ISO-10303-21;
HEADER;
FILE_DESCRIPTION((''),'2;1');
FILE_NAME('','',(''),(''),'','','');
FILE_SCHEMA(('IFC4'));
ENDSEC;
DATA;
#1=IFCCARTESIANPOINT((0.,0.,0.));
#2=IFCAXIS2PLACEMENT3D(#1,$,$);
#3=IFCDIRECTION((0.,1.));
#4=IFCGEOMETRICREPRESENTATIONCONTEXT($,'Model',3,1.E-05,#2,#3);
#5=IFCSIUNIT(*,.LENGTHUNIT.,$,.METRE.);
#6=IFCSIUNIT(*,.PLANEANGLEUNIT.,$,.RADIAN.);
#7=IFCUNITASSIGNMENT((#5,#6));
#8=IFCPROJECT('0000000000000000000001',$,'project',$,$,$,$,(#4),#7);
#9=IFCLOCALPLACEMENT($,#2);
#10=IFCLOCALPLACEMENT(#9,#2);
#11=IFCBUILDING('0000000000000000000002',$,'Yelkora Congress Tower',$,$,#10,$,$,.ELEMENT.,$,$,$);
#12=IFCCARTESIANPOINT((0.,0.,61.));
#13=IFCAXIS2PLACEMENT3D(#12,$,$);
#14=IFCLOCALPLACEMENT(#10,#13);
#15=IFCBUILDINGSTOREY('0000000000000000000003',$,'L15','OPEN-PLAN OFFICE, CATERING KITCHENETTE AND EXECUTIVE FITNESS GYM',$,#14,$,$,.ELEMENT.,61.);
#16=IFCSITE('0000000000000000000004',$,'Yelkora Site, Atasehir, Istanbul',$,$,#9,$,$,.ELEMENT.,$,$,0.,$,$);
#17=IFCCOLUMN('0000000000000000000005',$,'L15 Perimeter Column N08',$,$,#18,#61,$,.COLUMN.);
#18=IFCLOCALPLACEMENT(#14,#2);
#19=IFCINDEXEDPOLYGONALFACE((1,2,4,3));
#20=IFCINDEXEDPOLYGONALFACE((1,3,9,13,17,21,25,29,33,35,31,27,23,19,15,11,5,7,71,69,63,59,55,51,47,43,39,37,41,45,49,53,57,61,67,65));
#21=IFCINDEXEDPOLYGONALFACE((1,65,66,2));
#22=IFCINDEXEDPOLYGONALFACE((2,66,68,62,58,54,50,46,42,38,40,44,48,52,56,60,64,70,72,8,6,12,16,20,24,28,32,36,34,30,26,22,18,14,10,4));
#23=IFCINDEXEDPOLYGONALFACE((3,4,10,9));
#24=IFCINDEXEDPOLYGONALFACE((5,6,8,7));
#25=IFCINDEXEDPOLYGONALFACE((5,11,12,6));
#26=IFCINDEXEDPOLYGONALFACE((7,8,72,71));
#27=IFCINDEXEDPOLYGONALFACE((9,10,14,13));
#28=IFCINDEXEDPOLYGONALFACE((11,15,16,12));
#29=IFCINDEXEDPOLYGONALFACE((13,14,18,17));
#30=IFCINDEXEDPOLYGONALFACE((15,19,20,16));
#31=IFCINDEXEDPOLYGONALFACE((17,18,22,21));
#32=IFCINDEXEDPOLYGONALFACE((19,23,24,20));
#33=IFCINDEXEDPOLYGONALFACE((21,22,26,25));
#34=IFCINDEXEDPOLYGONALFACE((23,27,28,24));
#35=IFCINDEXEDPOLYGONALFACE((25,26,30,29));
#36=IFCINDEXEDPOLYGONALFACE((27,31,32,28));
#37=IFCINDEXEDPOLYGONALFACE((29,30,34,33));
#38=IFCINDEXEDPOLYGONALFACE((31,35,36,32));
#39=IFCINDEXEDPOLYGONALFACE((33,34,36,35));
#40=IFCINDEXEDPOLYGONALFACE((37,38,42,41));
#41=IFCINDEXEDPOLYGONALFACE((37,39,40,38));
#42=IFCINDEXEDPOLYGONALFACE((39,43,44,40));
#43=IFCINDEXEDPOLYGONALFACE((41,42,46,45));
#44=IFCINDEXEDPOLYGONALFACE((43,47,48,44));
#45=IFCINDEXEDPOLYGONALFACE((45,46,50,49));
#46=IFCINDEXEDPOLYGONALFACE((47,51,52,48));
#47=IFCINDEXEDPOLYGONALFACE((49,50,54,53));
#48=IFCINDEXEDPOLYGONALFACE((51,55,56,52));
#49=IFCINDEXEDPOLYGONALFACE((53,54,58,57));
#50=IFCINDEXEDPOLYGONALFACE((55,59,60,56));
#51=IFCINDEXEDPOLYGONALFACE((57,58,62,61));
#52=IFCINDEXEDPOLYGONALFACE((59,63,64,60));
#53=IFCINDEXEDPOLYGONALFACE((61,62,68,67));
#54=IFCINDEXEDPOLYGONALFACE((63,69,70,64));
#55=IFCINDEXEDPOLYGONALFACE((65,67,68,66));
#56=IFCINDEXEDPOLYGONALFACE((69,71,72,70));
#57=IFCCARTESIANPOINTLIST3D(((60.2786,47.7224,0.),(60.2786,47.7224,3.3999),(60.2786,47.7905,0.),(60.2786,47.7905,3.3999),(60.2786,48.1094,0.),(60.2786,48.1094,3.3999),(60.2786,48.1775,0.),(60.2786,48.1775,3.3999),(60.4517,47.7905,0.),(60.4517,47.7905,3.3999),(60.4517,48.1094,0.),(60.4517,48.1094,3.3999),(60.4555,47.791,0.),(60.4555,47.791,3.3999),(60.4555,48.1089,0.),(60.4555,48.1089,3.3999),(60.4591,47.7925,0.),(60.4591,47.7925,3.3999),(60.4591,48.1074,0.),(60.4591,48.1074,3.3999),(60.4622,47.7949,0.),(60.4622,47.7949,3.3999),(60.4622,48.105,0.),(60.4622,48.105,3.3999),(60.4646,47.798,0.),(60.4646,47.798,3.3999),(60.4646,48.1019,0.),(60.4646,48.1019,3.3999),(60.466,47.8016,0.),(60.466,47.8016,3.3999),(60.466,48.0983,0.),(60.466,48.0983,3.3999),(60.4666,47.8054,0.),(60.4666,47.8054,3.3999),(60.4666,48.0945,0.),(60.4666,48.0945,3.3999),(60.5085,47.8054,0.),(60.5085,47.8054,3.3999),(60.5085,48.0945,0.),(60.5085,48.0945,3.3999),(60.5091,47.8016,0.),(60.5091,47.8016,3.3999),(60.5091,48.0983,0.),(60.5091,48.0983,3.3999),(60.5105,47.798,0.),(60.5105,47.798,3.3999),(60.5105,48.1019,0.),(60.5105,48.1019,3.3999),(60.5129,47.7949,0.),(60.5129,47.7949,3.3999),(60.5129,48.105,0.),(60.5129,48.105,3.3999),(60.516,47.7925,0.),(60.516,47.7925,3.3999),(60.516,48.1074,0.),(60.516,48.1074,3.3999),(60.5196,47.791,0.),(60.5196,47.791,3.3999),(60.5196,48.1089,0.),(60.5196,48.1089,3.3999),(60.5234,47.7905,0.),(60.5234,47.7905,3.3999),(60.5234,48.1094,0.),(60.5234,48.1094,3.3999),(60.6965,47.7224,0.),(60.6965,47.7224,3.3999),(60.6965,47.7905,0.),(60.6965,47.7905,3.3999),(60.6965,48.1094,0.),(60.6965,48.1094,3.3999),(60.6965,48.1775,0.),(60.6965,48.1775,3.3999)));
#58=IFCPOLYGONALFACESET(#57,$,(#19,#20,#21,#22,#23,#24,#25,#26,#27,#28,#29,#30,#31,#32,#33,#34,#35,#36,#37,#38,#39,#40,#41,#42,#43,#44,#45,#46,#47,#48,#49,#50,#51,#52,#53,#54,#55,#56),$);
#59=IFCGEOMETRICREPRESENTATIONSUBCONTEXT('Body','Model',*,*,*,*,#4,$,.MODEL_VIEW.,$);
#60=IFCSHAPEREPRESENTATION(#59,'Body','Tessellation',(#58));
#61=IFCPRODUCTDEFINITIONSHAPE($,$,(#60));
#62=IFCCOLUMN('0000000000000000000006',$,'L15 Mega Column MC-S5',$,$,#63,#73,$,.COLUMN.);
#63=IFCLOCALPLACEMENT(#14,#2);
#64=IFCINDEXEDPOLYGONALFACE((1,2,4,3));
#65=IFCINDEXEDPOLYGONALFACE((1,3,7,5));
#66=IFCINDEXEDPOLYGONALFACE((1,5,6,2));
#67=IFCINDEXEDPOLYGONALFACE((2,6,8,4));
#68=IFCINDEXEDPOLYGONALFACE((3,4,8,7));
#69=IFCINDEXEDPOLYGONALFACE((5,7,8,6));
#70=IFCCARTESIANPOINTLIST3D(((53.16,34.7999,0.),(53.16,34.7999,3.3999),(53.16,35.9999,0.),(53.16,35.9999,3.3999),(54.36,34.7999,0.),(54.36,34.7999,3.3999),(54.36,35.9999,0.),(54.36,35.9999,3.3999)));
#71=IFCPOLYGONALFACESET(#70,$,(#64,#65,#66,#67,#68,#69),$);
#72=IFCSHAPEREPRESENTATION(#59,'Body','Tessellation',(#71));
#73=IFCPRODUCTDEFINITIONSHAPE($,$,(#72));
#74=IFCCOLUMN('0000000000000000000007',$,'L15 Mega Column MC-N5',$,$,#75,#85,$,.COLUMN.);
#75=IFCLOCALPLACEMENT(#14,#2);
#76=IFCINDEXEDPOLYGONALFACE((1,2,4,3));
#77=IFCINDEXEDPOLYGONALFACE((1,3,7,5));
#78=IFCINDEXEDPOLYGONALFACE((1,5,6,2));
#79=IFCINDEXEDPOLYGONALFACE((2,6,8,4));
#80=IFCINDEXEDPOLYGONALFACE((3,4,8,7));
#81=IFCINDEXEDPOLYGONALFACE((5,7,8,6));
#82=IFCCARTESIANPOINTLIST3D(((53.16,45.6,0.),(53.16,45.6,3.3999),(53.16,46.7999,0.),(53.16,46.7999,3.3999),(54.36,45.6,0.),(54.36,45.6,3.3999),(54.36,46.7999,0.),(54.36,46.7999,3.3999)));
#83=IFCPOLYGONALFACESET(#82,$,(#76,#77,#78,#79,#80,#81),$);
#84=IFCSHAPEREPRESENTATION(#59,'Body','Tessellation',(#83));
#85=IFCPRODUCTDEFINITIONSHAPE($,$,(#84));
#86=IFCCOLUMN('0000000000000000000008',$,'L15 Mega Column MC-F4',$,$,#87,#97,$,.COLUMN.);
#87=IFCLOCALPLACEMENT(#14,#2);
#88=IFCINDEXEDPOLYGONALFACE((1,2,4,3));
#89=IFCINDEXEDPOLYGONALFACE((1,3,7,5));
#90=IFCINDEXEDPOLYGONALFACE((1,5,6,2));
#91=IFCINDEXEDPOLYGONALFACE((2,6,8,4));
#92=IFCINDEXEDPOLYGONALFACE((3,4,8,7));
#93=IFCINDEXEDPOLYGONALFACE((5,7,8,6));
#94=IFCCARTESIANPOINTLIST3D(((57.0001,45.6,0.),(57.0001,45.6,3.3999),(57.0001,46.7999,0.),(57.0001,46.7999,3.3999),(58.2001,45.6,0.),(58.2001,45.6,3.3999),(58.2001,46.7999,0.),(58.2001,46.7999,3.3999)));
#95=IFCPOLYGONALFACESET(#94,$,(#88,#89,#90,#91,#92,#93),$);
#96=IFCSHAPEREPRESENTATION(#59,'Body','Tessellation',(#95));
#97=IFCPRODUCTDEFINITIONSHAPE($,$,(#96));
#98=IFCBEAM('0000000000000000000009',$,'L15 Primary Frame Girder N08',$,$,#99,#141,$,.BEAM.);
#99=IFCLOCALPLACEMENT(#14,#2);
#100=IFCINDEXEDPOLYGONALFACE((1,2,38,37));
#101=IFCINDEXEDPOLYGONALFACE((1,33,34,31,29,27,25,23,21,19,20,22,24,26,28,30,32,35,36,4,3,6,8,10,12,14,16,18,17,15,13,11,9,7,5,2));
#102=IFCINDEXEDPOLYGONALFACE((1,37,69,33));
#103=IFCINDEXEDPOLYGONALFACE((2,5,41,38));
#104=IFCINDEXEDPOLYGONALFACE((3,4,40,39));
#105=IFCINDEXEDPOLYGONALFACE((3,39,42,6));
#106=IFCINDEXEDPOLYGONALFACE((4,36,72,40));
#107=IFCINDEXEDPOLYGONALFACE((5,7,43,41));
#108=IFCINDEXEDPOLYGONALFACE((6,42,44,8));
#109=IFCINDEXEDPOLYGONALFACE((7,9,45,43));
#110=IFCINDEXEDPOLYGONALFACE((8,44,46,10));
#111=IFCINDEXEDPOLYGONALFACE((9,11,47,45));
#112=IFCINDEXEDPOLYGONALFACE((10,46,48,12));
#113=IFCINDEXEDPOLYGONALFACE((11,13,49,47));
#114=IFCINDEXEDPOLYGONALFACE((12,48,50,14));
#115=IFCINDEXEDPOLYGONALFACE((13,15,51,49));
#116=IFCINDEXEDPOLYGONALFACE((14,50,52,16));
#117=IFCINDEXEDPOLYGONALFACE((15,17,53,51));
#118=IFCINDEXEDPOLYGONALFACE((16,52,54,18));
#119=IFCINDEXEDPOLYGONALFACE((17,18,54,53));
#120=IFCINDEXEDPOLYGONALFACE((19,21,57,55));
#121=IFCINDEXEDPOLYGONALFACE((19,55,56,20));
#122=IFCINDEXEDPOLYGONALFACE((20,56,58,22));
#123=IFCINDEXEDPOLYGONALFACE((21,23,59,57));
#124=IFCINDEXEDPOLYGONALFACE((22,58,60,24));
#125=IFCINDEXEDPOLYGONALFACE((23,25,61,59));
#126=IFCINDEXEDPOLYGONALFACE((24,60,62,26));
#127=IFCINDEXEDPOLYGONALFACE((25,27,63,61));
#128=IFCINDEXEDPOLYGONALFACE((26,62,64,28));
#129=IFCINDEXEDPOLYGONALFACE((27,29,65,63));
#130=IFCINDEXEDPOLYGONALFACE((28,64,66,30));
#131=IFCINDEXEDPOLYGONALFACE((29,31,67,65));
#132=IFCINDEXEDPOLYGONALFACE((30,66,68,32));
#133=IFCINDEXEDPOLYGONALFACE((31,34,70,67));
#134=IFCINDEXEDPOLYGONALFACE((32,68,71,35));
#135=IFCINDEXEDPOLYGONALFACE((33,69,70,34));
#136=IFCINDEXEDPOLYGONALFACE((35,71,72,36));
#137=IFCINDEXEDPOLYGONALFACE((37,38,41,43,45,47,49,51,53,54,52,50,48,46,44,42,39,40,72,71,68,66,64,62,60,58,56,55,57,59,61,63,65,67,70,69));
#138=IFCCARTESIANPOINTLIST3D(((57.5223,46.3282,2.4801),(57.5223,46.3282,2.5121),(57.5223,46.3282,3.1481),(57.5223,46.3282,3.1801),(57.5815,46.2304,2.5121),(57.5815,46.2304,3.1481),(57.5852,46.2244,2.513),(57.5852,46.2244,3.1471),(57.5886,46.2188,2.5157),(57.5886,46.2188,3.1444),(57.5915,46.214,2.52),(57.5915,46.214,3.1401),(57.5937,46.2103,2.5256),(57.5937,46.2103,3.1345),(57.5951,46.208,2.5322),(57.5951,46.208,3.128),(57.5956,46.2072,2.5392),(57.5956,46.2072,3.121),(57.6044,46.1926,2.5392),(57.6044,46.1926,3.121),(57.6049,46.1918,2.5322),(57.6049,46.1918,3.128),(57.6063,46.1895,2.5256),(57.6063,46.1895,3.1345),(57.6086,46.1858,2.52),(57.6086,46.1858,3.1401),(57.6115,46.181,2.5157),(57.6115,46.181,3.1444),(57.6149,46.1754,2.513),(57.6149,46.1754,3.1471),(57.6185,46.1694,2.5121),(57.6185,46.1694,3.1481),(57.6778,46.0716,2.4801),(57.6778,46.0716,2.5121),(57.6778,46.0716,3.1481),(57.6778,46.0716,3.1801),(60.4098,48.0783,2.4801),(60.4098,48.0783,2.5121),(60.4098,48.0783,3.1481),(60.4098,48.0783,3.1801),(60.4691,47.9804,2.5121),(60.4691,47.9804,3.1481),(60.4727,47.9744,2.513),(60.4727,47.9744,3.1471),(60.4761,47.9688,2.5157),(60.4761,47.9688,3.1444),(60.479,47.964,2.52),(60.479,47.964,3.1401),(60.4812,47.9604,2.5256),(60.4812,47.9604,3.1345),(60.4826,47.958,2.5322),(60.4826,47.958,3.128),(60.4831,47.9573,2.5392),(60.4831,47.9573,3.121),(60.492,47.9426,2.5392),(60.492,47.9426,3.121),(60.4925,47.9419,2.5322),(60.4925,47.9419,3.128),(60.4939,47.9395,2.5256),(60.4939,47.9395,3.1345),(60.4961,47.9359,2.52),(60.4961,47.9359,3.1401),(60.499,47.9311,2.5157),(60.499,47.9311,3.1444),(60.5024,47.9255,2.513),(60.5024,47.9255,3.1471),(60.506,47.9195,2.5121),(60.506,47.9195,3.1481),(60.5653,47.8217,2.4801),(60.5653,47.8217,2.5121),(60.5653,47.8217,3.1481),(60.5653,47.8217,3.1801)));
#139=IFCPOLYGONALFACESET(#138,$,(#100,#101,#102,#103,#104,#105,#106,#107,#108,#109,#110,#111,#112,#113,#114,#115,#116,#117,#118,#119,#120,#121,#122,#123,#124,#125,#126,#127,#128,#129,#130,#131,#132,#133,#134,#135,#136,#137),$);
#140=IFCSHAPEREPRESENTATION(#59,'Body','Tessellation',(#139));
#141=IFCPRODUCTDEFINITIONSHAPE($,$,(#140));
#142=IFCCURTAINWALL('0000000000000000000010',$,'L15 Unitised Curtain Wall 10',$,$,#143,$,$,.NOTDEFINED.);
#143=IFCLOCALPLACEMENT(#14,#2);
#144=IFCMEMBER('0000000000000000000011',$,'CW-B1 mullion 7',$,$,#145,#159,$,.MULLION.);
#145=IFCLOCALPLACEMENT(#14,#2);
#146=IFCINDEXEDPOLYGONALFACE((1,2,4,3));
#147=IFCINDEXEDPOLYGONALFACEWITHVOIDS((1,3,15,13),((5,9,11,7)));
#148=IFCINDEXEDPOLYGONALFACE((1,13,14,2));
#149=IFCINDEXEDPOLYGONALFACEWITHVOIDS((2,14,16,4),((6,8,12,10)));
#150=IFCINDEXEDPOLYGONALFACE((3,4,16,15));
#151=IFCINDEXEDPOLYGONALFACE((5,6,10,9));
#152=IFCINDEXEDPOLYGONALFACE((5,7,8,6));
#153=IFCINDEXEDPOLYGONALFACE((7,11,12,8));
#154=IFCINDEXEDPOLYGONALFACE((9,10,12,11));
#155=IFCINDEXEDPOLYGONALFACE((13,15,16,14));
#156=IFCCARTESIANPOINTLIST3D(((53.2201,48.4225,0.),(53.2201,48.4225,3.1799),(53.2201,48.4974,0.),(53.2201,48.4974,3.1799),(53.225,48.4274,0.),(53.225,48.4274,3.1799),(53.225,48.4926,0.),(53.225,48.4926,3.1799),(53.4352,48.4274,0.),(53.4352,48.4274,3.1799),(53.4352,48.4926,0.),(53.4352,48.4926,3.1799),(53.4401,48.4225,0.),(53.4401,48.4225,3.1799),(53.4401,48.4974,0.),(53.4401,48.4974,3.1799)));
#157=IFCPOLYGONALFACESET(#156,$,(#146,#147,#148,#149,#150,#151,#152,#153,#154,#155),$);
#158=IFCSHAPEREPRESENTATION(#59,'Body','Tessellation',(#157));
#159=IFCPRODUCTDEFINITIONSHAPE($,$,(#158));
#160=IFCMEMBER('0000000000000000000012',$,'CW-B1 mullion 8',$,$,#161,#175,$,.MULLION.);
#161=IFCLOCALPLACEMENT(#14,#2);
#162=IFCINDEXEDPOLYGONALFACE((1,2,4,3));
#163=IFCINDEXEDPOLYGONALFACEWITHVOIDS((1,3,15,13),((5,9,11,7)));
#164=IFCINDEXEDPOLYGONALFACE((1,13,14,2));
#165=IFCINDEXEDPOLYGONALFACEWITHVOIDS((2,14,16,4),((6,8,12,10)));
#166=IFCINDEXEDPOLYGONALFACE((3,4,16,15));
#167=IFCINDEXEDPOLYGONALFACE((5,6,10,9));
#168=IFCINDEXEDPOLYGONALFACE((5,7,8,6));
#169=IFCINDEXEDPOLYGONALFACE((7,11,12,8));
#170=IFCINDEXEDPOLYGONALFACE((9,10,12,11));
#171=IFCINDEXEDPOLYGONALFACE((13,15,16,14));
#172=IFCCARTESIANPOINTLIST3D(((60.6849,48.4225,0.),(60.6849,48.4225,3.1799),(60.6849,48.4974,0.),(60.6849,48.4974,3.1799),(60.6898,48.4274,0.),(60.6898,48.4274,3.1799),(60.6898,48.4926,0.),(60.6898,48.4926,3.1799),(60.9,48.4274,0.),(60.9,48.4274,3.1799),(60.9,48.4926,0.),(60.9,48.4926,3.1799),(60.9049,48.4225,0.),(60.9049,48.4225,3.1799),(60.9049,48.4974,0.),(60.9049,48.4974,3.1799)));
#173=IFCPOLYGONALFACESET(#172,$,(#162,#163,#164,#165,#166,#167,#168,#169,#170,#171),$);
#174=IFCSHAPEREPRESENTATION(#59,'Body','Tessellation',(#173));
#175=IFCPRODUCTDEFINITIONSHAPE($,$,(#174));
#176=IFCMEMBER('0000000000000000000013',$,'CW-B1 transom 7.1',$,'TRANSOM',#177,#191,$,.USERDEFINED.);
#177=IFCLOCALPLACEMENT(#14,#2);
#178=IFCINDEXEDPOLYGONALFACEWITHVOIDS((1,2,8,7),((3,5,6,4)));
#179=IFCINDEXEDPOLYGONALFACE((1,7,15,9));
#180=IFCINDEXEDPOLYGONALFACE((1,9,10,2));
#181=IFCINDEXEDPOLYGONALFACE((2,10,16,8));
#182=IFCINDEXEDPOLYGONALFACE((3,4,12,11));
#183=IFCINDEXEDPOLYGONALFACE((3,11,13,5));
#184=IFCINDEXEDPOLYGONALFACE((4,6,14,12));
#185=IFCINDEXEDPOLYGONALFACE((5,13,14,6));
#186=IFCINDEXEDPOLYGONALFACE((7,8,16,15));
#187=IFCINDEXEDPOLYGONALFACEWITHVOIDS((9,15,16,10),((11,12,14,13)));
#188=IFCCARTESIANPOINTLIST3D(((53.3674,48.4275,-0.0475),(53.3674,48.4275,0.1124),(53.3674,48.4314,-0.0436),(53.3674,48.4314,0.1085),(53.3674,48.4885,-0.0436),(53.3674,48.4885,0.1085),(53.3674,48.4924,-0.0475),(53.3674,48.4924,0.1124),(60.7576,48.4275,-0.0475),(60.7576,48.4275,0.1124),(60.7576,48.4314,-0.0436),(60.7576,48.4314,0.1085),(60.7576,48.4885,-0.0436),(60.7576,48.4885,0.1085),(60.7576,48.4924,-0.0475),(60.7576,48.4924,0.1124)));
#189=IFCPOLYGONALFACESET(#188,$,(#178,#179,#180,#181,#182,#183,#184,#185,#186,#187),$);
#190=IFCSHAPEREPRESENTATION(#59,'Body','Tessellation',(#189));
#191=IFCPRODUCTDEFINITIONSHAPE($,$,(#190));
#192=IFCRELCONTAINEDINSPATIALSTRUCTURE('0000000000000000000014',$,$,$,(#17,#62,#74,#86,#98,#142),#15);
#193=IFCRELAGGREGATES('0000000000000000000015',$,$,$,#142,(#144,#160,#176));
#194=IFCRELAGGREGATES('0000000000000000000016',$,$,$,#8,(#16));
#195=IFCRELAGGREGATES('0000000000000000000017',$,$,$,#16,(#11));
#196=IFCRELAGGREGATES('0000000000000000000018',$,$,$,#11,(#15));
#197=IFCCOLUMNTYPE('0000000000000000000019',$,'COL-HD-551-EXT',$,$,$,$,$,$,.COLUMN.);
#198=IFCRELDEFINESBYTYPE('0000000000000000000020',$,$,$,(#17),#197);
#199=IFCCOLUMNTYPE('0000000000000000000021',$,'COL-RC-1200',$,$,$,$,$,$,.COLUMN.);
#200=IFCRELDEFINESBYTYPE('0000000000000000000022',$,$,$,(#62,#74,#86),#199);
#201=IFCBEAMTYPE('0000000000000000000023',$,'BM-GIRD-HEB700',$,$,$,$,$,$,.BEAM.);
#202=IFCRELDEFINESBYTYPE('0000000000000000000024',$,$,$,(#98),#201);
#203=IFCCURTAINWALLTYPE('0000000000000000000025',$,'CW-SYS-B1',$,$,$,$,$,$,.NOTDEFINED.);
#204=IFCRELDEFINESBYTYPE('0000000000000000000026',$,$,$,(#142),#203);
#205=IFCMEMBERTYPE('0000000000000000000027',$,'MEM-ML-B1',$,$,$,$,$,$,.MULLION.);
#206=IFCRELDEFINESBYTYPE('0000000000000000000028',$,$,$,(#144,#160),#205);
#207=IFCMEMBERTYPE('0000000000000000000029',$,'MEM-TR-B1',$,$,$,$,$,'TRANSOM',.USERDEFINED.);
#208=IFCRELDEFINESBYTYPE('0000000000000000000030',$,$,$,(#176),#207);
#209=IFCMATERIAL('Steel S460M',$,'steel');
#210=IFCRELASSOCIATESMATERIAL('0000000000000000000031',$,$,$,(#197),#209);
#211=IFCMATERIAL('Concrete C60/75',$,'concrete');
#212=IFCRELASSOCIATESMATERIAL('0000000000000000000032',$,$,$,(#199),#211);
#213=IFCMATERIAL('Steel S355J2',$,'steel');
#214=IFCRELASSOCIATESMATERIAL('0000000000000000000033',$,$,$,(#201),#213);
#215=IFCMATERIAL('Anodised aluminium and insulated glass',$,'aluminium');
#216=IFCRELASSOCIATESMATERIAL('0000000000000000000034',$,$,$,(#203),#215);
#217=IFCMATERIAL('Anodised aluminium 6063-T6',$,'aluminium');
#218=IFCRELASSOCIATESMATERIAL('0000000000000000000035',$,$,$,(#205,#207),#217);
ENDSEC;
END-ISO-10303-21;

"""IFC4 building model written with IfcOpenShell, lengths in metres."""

from ifc_helpers import new_model, si_unit, direction, frame, origin, origin_2d, place, context, subcontext, project, spatial, rectangle, hollow_rectangle, i_section, extrude, material, material_profile, profile_set, type_object, element, aggregate, save


model = new_model("IFC4")

# Units and contexts
model_context = context("Model", 3, precision=1e-05, world=origin(), true_north=direction((0.0, 1.0)))
body_context = subcontext(model_context, "Body", "Model", "MODEL_VIEW")
ifc_project = project(units=[si_unit("LENGTHUNIT", "METRE"), si_unit("PLANEANGLEUNIT", "RADIAN")], contexts=[model_context])

# Site, building, storey
site_placement = place(None, origin())
site = spatial("IfcSite", under=ifc_project, at=site_placement, Name="Yelkora Site, Atasehir, Istanbul", CompositionType="ELEMENT", RefElevation=0.0)
building_placement = place(site_placement, origin())
building = spatial("IfcBuilding", under=site, at=building_placement, Name="Yelkora Congress Tower", CompositionType="ELEMENT")
storey_placement = place(building_placement, frame((0.0, 0.0, 61.0)))
storey = spatial("IfcBuildingStorey", under=building, at=storey_placement, Name="L15", Description="OPEN-PLAN OFFICE, CATERING KITCHENETTE AND EXECUTIVE FITNESS GYM", CompositionType="ELEMENT", Elevation=61.0)

# Columns
ifc_material_1 = material(Name="Steel S460M", Category="steel")
ifc_material_profile_1 = material_profile(ifc_material_1, i_section(OverallWidth=0.418, OverallDepth=0.4551, WebThickness=0.042, FlangeThickness=0.0681, FilletRadius=0.0149, at=origin_2d()), Name="HD 400x551")
ifc_profile_set_1 = profile_set([ifc_material_profile_1], Name="Steel S460M")
column_type_1 = type_object("IfcColumnType", Name="COL-HD-551-EXT", PredefinedType="COLUMN", material=ifc_profile_set_1)
column_placement = place(storey_placement, frame((60.4875, 47.95, 0.0), z_axis=(0.0, 0.0, 1.0), x_axis=(1.0, 0.0, 0.0)))
element("IfcColumn", 1, at=column_placement, inside=storey, type_object=column_type_1, Name="L15 Perimeter Column N08", PredefinedType="COLUMN", context=body_context, shape_type="SweptSolid", body=[
    extrude(i_section(OverallWidth=0.418, OverallDepth=0.4551, WebThickness=0.042, FlangeThickness=0.0681, FilletRadius=0.0149, at=origin_2d()), origin(), (0.0, 0.0, 1.0), 3.3999),
])
ifc_material_2 = material(Name="Concrete C60/75", Category="concrete")
ifc_material_profile_2 = material_profile(ifc_material_2, rectangle(XDim=1.2, YDim=1.2, at=origin_2d()), Name="RC 1200x1200")
ifc_profile_set_2 = profile_set([ifc_material_profile_2], Name="Concrete C60/75")
column_type_2 = type_object("IfcColumnType", Name="COL-RC-1200", PredefinedType="COLUMN", material=ifc_profile_set_2)
for number, where, z_axis, x_axis, name in (
    (2, (53.76, 35.3999, 0.0), (0.0, 0.0, 1.0), (1.0, 0.0, 0.0), "L15 Mega Column MC-S5"),
    (3, (53.76, 46.2, 0.0), (0.0, 0.0, 1.0), (1.0, 0.0, 0.0), "L15 Mega Column MC-N5"),
    (4, (57.6001, 46.2, 0.0), (0.0, 0.0, 1.0), (1.0, 0.0, 0.0), "L15 Mega Column MC-F4"),
):
    element("IfcColumn", number, at=place(storey_placement, frame(where, z_axis=z_axis, x_axis=x_axis)), inside=storey, type_object=column_type_2, Name=name, PredefinedType="COLUMN", context=body_context, shape_type="SweptSolid", body=[
        extrude(rectangle(XDim=1.2, YDim=1.2, at=origin_2d()), origin(), (0.0, 0.0, 1.0), 3.3999),
    ])

# Beam
ifc_material_3 = material(Name="Steel S355J2", Category="steel")
ifc_material_profile_3 = material_profile(ifc_material_3, i_section(OverallWidth=0.3, OverallDepth=0.7, WebThickness=0.0171, FlangeThickness=0.032, FilletRadius=0.0271, at=origin_2d()), Name="HEB 700")
ifc_profile_set_3 = profile_set([ifc_material_profile_3], Name="Steel S355J2")
beam_type = type_object("IfcBeamType", Name="BM-GIRD-HEB700", PredefinedType="BEAM", material=ifc_profile_set_3)
beam_placement = place(storey_placement, frame((60.4875, 47.95, 2.8301), z_axis=(-0.855194, -0.518308, 0.0), x_axis=(0.518308, -0.855194, 0.0)))
element("IfcBeam", 5, at=beam_placement, inside=storey, type_object=beam_type, Name="L15 Primary Frame Girder N08", PredefinedType="BEAM", context=body_context, shape_type="SweptSolid", body=[
    extrude(i_section(OverallWidth=0.3, OverallDepth=0.7, WebThickness=0.0171, FlangeThickness=0.032, FilletRadius=0.0271, at=origin_2d()), origin(), (0.0, 0.0, 1.0), 3.3765),
])

# Curtain wall, members
ifc_material_4 = material(Name="Anodised aluminium and insulated glass", Category="aluminium")
curtain_wall_type = type_object("IfcCurtainWallType", Name="CW-SYS-B1", PredefinedType="NOTDEFINED", material=ifc_material_4)
curtain_wall_placement = place(storey_placement, origin())
curtain_wall = element("IfcCurtainWall", 6, at=curtain_wall_placement, inside=storey, type_object=curtain_wall_type, Name="L15 Unitised Curtain Wall 10", PredefinedType="NOTDEFINED")
ifc_material_5 = material(Name="Anodised aluminium 6063-T6", Category="aluminium")
ifc_material_profile_4 = material_profile(ifc_material_5, hollow_rectangle(XDim=0.075, YDim=0.22, WallThickness=0.0049, at=origin_2d()), Name="ALU 75x220x5")
ifc_profile_set_4 = profile_set([ifc_material_profile_4], Name="Anodised aluminium 6063-T6")
member_type_1 = type_object("IfcMemberType", Name="MEM-ML-B1", PredefinedType="MULLION", material=ifc_profile_set_4)
member_1_placement = place(storey_placement, frame((53.3301, 48.46, 0.0), z_axis=(0.0, 0.0, 1.0), x_axis=(0.0, 1.0, 0.0)))
member_1 = element("IfcMember", 7, at=member_1_placement, type_object=member_type_1, Name="CW-B1 mullion 7", PredefinedType="MULLION", context=body_context, shape_type="SweptSolid", body=[
    extrude(hollow_rectangle(XDim=0.075, YDim=0.22, WallThickness=0.0049, at=origin_2d()), origin(), (0.0, 0.0, 1.0), 3.1799),
])
member_2_placement = place(storey_placement, frame((60.7949, 48.46, 0.0), z_axis=(0.0, 0.0, 1.0), x_axis=(0.0, 1.0, 0.0)))
member_2 = element("IfcMember", 8, at=member_2_placement, type_object=member_type_1, Name="CW-B1 mullion 8", PredefinedType="MULLION", context=body_context, shape_type="SweptSolid", body=[
    extrude(hollow_rectangle(XDim=0.075, YDim=0.22, WallThickness=0.0049, at=origin_2d()), origin(), (0.0, 0.0, 1.0), 3.1799),
])
ifc_material_profile_5 = material_profile(ifc_material_5, hollow_rectangle(XDim=0.0649, YDim=0.1599, WallThickness=0.0039, at=origin_2d()), Name="ALU 65x160x4")
ifc_profile_set_5 = profile_set([ifc_material_profile_5], Name="Anodised aluminium 6063-T6")
member_type_2 = type_object("IfcMemberType", Name="MEM-TR-B1", ElementType="TRANSOM", PredefinedType="USERDEFINED", material=ifc_profile_set_5)
member_3_placement = place(storey_placement, frame((53.3674, 48.46, 0.0325), z_axis=(1.0, 0.0, 0.0), x_axis=(0.0, 1.0, 0.0)))
member_3 = element("IfcMember", 9, at=member_3_placement, type_object=member_type_2, Name="CW-B1 transom 7.1", ObjectType="TRANSOM", PredefinedType="USERDEFINED", context=body_context, shape_type="SweptSolid", body=[
    extrude(hollow_rectangle(XDim=0.0649, YDim=0.1599, WallThickness=0.0039, at=origin_2d()), origin(), (0.0, 0.0, 1.0), 7.3901),
])
aggregate(curtain_wall, [member_1, member_2, member_3])

save(model, "model.ifc")
